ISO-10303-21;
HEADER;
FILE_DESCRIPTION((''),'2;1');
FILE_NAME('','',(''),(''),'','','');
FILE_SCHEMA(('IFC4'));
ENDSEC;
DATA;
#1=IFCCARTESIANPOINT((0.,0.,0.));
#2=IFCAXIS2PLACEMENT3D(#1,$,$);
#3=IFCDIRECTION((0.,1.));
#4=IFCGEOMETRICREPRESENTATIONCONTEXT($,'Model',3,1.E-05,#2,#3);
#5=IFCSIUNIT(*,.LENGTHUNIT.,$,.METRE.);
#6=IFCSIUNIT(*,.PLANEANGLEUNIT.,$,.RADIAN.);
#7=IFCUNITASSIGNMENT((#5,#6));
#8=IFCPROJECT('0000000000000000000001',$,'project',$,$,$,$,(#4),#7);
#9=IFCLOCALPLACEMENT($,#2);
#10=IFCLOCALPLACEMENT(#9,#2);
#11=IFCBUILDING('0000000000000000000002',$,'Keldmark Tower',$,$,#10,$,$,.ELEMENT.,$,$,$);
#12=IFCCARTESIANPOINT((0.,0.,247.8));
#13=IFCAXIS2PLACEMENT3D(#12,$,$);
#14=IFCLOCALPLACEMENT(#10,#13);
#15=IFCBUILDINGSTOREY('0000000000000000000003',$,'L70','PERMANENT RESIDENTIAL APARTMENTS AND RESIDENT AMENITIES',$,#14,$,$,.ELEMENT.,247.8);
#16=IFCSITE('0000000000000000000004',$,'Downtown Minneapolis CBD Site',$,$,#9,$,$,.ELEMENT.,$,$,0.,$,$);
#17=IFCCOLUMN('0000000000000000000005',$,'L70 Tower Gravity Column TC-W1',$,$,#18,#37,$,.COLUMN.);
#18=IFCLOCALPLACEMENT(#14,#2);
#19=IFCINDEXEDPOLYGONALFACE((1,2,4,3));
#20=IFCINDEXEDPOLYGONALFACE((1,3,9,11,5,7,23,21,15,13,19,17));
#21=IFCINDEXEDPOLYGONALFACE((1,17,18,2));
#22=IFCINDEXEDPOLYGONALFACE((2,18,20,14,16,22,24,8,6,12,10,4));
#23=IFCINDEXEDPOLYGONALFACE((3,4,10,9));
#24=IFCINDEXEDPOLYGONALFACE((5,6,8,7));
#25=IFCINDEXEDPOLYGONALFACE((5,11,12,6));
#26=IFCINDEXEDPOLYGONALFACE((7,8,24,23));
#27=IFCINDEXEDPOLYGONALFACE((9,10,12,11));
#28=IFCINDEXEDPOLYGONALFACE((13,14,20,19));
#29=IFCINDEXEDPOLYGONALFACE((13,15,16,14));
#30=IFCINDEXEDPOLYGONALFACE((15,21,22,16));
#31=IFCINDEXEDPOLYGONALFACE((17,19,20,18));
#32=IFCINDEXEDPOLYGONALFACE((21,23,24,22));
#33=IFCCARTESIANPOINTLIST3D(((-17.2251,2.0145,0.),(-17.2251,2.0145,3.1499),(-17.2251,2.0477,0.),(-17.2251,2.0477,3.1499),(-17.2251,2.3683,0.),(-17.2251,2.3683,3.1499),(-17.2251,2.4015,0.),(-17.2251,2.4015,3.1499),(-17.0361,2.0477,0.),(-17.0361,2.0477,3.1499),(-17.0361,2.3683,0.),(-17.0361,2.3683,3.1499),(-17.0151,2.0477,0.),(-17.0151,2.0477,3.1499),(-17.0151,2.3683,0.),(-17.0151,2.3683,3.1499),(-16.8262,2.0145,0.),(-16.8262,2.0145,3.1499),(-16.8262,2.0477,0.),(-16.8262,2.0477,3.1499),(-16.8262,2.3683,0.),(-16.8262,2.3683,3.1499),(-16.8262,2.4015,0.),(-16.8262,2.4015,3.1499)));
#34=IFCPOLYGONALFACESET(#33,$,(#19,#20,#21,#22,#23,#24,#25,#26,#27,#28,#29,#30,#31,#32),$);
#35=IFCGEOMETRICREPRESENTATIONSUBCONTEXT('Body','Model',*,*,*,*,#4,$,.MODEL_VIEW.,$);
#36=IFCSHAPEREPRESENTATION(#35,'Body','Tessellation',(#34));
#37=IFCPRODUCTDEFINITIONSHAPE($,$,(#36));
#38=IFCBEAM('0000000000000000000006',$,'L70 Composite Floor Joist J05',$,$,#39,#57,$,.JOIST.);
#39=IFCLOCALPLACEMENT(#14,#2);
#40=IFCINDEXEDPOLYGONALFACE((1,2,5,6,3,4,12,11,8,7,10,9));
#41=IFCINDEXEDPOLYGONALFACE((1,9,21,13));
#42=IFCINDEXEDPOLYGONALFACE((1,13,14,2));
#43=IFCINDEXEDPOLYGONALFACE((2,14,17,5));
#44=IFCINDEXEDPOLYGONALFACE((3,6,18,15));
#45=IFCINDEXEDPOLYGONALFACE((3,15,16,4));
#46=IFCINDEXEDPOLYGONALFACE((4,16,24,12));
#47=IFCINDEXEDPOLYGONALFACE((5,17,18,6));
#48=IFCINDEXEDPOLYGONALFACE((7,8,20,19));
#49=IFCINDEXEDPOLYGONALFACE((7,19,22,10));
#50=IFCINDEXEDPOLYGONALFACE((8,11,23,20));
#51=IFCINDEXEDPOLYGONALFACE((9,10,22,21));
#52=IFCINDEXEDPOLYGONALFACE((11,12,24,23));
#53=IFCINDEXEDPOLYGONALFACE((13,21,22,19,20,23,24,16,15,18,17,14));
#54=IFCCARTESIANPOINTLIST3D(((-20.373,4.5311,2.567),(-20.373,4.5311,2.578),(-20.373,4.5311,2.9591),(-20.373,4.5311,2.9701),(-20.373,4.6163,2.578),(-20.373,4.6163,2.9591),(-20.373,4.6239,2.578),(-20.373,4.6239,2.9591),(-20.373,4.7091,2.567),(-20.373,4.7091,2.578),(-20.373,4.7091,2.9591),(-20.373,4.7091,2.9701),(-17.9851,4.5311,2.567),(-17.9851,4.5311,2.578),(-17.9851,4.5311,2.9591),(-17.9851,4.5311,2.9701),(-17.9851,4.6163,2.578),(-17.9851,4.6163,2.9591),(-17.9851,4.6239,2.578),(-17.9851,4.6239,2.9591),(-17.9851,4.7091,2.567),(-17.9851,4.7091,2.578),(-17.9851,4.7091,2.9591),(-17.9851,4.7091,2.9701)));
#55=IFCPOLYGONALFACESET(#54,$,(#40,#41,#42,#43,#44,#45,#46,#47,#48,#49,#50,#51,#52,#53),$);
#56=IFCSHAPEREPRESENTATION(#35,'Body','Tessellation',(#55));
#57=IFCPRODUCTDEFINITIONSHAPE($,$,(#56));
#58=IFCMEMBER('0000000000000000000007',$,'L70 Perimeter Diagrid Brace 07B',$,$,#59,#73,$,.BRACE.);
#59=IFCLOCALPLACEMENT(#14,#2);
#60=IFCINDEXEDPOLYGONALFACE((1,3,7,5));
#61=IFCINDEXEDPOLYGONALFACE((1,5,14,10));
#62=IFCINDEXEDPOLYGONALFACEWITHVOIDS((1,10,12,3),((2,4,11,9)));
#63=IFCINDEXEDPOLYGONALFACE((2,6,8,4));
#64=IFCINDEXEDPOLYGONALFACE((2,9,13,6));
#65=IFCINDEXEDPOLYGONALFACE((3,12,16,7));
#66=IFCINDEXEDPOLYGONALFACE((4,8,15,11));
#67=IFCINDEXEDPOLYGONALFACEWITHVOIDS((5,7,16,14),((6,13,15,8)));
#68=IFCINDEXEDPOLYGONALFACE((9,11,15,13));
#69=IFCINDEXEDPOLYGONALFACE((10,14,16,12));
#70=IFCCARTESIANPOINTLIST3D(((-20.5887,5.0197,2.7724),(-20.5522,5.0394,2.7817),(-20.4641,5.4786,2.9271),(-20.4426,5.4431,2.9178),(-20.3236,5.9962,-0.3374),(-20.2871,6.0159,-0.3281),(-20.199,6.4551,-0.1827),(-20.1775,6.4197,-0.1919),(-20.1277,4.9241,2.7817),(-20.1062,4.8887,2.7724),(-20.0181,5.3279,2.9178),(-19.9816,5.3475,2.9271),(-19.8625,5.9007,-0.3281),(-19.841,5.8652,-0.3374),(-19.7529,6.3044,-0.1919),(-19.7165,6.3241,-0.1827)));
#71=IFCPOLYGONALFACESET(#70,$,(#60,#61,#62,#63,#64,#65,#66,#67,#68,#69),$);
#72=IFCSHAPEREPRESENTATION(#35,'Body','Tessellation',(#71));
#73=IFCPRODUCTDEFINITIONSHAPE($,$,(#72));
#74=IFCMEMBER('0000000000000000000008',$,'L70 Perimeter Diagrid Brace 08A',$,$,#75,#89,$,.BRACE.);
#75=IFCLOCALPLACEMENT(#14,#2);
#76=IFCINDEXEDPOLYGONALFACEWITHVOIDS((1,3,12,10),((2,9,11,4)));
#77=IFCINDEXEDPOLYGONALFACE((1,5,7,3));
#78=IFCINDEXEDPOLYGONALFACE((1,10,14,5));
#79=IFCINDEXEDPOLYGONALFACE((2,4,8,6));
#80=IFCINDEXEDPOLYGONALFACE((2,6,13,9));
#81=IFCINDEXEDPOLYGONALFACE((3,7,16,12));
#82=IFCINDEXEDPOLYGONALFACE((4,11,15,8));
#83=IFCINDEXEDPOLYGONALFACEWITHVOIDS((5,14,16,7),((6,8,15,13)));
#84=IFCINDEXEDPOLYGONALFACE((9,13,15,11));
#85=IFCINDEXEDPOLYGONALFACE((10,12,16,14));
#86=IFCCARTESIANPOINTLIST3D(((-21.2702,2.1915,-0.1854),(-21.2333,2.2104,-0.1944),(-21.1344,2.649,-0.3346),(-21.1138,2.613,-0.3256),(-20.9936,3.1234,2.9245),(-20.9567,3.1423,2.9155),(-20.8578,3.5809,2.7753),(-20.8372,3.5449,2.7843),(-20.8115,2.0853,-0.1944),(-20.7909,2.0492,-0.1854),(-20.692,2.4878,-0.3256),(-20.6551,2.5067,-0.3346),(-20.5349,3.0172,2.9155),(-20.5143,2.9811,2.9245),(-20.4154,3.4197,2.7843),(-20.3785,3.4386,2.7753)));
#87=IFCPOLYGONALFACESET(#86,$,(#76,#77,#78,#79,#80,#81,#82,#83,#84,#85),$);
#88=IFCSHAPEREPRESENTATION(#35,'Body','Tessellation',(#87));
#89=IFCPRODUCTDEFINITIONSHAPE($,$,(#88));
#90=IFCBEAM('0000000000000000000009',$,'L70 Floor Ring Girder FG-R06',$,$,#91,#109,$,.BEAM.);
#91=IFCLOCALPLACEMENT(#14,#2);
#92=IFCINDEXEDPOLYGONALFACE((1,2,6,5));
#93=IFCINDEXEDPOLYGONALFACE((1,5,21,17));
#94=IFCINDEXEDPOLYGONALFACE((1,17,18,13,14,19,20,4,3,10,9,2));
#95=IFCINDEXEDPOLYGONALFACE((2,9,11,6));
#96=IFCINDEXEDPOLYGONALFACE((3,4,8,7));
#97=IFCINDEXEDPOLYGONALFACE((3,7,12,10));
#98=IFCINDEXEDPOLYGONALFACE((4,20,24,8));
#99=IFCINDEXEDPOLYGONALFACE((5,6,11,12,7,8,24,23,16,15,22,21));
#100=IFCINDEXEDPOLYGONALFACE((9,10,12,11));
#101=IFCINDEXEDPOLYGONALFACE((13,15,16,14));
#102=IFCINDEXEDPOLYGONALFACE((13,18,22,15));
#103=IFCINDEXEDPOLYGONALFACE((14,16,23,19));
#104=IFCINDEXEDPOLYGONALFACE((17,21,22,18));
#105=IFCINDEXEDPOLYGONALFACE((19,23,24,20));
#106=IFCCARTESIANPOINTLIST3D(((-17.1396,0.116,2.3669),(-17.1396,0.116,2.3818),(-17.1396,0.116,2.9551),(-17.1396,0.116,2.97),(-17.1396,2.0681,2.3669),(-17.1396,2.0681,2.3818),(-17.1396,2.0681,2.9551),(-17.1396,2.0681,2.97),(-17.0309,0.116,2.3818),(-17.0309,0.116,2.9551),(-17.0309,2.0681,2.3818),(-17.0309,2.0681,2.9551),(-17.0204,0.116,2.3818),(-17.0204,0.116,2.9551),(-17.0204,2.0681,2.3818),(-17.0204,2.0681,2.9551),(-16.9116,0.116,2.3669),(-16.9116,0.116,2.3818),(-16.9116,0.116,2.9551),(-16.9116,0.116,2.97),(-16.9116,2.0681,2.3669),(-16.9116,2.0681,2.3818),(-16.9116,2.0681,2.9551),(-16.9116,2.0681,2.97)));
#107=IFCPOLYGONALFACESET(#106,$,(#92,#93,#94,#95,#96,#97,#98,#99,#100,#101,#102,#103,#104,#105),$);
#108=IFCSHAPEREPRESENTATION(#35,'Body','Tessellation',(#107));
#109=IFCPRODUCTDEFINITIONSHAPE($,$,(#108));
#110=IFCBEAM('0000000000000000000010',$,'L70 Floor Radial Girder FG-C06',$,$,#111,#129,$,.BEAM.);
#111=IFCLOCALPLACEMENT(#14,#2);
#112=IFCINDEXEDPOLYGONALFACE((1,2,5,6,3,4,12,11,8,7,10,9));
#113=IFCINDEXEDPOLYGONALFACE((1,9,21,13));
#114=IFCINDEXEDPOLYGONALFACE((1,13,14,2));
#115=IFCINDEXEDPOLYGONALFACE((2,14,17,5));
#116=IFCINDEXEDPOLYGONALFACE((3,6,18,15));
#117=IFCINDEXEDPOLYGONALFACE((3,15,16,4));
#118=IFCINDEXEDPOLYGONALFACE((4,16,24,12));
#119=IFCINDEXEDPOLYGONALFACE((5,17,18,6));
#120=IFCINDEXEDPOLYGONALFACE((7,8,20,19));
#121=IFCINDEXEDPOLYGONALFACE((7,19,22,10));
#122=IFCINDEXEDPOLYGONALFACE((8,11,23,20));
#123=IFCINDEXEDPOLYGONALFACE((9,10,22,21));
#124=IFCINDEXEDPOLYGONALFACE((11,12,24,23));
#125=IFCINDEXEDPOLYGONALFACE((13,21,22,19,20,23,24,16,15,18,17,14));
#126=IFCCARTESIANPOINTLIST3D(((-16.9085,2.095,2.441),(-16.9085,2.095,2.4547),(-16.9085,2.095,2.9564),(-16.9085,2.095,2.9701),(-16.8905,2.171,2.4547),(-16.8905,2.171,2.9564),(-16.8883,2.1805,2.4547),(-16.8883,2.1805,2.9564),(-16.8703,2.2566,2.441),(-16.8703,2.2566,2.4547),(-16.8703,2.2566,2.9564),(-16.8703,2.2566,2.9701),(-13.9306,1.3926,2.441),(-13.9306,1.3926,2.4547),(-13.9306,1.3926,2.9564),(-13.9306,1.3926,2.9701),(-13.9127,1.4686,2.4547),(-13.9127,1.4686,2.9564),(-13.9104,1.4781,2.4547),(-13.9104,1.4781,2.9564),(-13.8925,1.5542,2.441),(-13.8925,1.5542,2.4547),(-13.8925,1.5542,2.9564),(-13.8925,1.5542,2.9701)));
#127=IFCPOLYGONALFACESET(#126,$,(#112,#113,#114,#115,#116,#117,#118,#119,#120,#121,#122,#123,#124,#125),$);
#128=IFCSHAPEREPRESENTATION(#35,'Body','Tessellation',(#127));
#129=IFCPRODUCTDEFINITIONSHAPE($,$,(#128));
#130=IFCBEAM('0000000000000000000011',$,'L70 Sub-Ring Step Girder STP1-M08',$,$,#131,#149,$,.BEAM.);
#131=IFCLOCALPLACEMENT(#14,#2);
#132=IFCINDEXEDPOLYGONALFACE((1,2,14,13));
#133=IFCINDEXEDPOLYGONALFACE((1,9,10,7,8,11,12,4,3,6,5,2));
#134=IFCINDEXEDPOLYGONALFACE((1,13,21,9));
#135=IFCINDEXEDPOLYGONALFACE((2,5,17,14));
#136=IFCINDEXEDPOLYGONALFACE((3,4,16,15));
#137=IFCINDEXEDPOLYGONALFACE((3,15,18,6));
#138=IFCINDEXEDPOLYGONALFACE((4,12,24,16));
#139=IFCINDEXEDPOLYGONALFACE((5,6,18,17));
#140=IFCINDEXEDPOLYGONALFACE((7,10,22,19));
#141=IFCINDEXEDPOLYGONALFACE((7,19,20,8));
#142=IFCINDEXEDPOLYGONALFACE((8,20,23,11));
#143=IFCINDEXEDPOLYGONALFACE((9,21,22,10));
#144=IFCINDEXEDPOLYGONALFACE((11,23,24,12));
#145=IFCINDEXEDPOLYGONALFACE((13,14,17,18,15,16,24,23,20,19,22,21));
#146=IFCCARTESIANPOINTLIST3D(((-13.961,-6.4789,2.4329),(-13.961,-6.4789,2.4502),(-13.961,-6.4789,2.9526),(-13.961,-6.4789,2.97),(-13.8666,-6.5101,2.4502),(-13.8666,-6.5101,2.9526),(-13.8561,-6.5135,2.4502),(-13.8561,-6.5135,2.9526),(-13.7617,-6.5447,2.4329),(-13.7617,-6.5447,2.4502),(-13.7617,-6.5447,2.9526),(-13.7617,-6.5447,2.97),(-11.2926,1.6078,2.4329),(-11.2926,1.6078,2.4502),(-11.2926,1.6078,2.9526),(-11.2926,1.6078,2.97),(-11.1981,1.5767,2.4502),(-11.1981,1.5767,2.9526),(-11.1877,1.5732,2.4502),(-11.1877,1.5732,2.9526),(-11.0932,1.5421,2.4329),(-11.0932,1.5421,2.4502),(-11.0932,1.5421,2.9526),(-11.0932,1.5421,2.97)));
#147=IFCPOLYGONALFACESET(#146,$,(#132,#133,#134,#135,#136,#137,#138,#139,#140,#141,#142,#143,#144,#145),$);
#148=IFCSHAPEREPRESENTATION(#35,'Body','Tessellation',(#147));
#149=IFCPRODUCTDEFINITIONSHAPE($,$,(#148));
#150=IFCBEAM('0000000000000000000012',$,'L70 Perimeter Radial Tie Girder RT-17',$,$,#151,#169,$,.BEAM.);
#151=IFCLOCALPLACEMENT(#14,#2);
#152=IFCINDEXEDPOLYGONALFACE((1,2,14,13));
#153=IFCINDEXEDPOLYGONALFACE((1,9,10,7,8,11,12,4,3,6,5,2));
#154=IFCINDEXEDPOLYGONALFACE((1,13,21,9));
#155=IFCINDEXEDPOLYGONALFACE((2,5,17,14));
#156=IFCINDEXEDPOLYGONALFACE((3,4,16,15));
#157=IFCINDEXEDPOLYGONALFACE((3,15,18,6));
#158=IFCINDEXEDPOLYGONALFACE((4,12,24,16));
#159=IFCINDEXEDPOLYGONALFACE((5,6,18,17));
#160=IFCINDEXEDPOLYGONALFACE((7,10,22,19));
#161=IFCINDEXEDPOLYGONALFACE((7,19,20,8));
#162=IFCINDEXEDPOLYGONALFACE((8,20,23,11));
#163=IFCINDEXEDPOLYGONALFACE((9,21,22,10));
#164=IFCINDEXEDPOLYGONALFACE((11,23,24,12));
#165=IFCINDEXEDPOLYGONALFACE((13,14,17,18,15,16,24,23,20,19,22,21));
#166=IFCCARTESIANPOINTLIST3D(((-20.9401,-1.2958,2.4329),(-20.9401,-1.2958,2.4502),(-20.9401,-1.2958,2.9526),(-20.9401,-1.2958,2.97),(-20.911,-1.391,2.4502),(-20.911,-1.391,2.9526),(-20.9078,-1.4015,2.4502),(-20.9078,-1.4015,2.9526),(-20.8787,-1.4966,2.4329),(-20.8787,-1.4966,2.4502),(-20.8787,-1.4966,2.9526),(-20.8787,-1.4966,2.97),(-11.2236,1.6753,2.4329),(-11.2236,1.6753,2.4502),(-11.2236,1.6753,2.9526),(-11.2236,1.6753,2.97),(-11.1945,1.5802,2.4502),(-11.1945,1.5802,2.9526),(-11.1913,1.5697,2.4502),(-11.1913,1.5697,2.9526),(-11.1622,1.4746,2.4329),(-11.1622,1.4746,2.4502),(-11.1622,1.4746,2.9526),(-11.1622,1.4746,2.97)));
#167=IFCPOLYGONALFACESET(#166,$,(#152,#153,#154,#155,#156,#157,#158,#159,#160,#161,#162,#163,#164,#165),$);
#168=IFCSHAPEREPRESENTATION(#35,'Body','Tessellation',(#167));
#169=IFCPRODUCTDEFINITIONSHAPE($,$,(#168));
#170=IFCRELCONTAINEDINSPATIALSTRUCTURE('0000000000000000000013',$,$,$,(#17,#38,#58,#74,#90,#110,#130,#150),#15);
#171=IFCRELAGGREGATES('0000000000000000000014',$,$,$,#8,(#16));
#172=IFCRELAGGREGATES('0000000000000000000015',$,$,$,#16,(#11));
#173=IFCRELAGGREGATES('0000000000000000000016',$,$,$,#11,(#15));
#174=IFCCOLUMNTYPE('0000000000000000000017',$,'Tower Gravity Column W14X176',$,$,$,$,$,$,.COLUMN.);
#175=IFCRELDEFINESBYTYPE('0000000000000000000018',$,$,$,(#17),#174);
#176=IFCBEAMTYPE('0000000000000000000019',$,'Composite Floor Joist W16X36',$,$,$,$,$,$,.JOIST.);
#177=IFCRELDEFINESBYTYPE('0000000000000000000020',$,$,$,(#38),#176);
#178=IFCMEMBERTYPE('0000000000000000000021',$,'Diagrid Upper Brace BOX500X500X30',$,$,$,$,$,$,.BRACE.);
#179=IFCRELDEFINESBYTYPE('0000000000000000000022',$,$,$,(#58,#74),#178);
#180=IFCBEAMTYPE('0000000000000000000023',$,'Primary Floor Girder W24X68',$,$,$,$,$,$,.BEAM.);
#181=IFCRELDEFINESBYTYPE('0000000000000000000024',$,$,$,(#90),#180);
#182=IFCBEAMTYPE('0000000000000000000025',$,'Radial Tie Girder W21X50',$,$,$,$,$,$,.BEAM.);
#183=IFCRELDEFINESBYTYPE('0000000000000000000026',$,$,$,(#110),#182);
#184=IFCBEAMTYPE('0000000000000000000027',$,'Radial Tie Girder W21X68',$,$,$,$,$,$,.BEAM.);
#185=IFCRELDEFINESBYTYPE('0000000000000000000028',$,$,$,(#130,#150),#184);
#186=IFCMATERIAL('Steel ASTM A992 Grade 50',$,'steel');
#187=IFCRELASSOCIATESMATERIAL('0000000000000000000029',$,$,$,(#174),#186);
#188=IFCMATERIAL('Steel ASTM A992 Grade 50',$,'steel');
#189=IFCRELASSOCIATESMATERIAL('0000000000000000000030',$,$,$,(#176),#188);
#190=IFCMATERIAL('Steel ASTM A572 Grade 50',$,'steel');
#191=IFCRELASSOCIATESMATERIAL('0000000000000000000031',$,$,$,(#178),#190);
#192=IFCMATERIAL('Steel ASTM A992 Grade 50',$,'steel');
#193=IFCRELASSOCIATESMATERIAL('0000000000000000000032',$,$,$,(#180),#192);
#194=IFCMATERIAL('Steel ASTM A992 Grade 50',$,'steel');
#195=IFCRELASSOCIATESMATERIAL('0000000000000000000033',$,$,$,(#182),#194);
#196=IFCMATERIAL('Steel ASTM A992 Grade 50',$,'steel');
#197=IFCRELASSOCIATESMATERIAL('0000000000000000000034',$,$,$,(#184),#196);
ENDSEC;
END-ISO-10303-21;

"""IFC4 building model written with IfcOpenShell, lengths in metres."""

from ifc_helpers import new_model, si_unit, direction, frame, origin, origin_2d, place, context, subcontext, project, spatial, hollow_rectangle, i_section, extrude, material, material_profile, profile_set, type_object, element, save


model = new_model("IFC4")

# Units and contexts
model_context = context("Model", 3, precision=1e-05, world=origin(), true_north=direction((0.0, 1.0)))
body_context = subcontext(model_context, "Body", "Model", "MODEL_VIEW")
ifc_project = project(units=[si_unit("LENGTHUNIT", "METRE"), si_unit("PLANEANGLEUNIT", "RADIAN")], contexts=[model_context])

# Site, building, storey
site_placement = place(None, origin())
site = spatial("IfcSite", under=ifc_project, at=site_placement, Name="Downtown Minneapolis CBD Site", CompositionType="ELEMENT", RefElevation=0.0)
building_placement = place(site_placement, origin())
building = spatial("IfcBuilding", under=site, at=building_placement, Name="Keldmark Tower", CompositionType="ELEMENT")
storey_placement = place(building_placement, frame((0.0, 0.0, 247.8)))
storey = spatial("IfcBuildingStorey", under=building, at=storey_placement, Name="L70", Description="PERMANENT RESIDENTIAL APARTMENTS AND RESIDENT AMENITIES", CompositionType="ELEMENT", Elevation=247.8)

# Column
ifc_material_1 = material(Name="Steel ASTM A992 Grade 50", Category="steel")
ifc_material_profile_1 = material_profile(ifc_material_1, i_section(OverallWidth=0.3989, OverallDepth=0.387, WebThickness=0.021, FlangeThickness=0.0332, at=origin_2d()), Name="W14X176")
ifc_profile_set_1 = profile_set([ifc_material_profile_1], Name="Steel ASTM A992 Grade 50")
column_type = type_object("IfcColumnType", Name="Tower Gravity Column W14X176", PredefinedType="COLUMN", material=ifc_profile_set_1)
column_placement = place(storey_placement, frame((-17.0256, 2.208, 0.0), z_axis=(0.0, 0.0, 1.0), x_axis=(1.0, 0.0, 0.0)))
element("IfcColumn", 1, at=column_placement, inside=storey, type_object=column_type, Name="L70 Tower Gravity Column TC-W1", PredefinedType="COLUMN", context=body_context, shape_type="SweptSolid", body=[
    extrude(i_section(OverallWidth=0.3989, OverallDepth=0.387, WebThickness=0.021, FlangeThickness=0.0332, at=origin_2d()), origin(), (0.0, 0.0, 1.0), 3.1499),
])

# Beam
ifc_material_2 = material(Name="Steel ASTM A992 Grade 50", Category="steel")
ifc_material_profile_2 = material_profile(ifc_material_2, i_section(OverallWidth=0.178, OverallDepth=0.4031, WebThickness=0.0076, FlangeThickness=0.011, at=origin_2d()), Name="W16X36")
ifc_profile_set_2 = profile_set([ifc_material_profile_2], Name="Steel ASTM A992 Grade 50")
beam_type_1 = type_object("IfcBeamType", Name="Composite Floor Joist W16X36", PredefinedType="JOIST", material=ifc_profile_set_2)
beam_1_placement = place(storey_placement, frame((-20.373, 4.6201, 2.7686), z_axis=(1.0, 0.0, 0.0), x_axis=(0.0, 1.0, 0.0)))
element("IfcBeam", 2, at=beam_1_placement, inside=storey, type_object=beam_type_1, Name="L70 Composite Floor Joist J05", PredefinedType="JOIST", context=body_context, shape_type="SweptSolid", body=[
    extrude(i_section(OverallWidth=0.178, OverallDepth=0.4031, WebThickness=0.0076, FlangeThickness=0.011, at=origin_2d()), origin(), (0.0, 0.0, 1.0), 2.3879),
])

# Members
ifc_material_3 = material(Name="Steel ASTM A572 Grade 50", Category="steel")
ifc_material_profile_3 = material_profile(ifc_material_3, hollow_rectangle(XDim=0.5, YDim=0.5, WallThickness=0.03, at=origin_2d()), Name="BOX500X500X30")
ifc_profile_set_3 = profile_set([ifc_material_profile_3], Name="Steel ASTM A572 Grade 50")
member_type = type_object("IfcMemberType", Name="Diagrid Upper Brace BOX500X500X30", PredefinedType="BRACE", material=ifc_profile_set_3)
member_1_placement = place(storey_placement, frame((-20.02, 6.1602, -0.26), z_axis=(-0.081073, -0.298611, 0.950925), x_axis=(0.965064, -0.262015, 0.0)))
element("IfcMember", 3, at=member_1_placement, inside=storey, type_object=member_type, Name="L70 Perimeter Diagrid Brace 07B", PredefinedType="BRACE", context=body_context, shape_type="SweptSolid", body=[
    extrude(hollow_rectangle(XDim=0.5, YDim=0.5, WallThickness=0.03, at=origin_2d()), origin(), (0.0, 0.0, 1.0), 3.2703),
])
member_2_placement = place(storey_placement, frame((-20.9626, 2.3491, -0.26), z_axis=(0.084896, 0.286008, 0.954459), x_axis=(-0.958659, 0.284559, 0.0)))
element("IfcMember", 4, at=member_2_placement, inside=storey, type_object=member_type, Name="L70 Perimeter Diagrid Brace 08A", PredefinedType="BRACE", context=body_context, shape_type="SweptSolid", body=[
    extrude(hollow_rectangle(XDim=0.5, YDim=0.5, WallThickness=0.03, at=origin_2d()), origin(), (0.0, 0.0, 1.0), 3.2583),
])

# Beams
ifc_material_4 = material(Name="Steel ASTM A992 Grade 50", Category="steel")
ifc_material_profile_4 = material_profile(ifc_material_4, i_section(OverallWidth=0.228, OverallDepth=0.603, WebThickness=0.0105, FlangeThickness=0.0149, at=origin_2d()), Name="W24X68")
ifc_profile_set_4 = profile_set([ifc_material_profile_4], Name="Steel ASTM A992 Grade 50")
beam_type_2 = type_object("IfcBeamType", Name="Primary Floor Girder W24X68", PredefinedType="BEAM", material=ifc_profile_set_4)
beam_2_placement = place(storey_placement, frame((-17.0256, 2.0681, 2.6685), z_axis=(0.0, -1.0, 0.0), x_axis=(1.0, 0.0, 0.0)))
element("IfcBeam", 5, at=beam_2_placement, inside=storey, type_object=beam_type_2, Name="L70 Floor Ring Girder FG-R06", PredefinedType="BEAM", context=body_context, shape_type="SweptSolid", body=[
    extrude(i_section(OverallWidth=0.228, OverallDepth=0.603, WebThickness=0.0105, FlangeThickness=0.0149, at=origin_2d()), origin(), (0.0, 0.0, 1.0), 1.9521),
])
ifc_material_5 = material(Name="Steel ASTM A992 Grade 50", Category="steel")
ifc_material_profile_5 = material_profile(ifc_material_5, i_section(OverallWidth=0.166, OverallDepth=0.5291, WebThickness=0.0098, FlangeThickness=0.0137, at=origin_2d()), Name="W21X50")
ifc_profile_set_5 = profile_set([ifc_material_profile_5], Name="Steel ASTM A992 Grade 50")
beam_type_3 = type_object("IfcBeamType", Name="Radial Tie Girder W21X50", PredefinedType="BEAM", material=ifc_profile_set_5)
beam_3_placement = place(storey_placement, frame((-16.8894, 2.1758, 2.7056), z_axis=(0.97329, -0.229577, 0.0), x_axis=(0.229577, 0.97329, 0.0)))
element("IfcBeam", 6, at=beam_3_placement, inside=storey, type_object=beam_type_3, Name="L70 Floor Radial Girder FG-C06", PredefinedType="BEAM", context=body_context, shape_type="SweptSolid", body=[
    extrude(i_section(OverallWidth=0.166, OverallDepth=0.5291, WebThickness=0.0098, FlangeThickness=0.0137, at=origin_2d()), origin(), (0.0, 0.0, 1.0), 3.0596),
])
ifc_material_6 = material(Name="Steel ASTM A992 Grade 50", Category="steel")
ifc_material_profile_6 = material_profile(ifc_material_6, i_section(OverallWidth=0.21, OverallDepth=0.5371, WebThickness=0.011, FlangeThickness=0.0173, at=origin_2d()), Name="W21X68")
ifc_profile_set_6 = profile_set([ifc_material_profile_6], Name="Steel ASTM A992 Grade 50")
beam_type_4 = type_object("IfcBeamType", Name="Radial Tie Girder W21X68", PredefinedType="BEAM", material=ifc_profile_set_6)
beam_4_placement = place(storey_placement, frame((-11.1929, 1.575, 2.7014), z_axis=(-0.313362, -0.949634, 0.0), x_axis=(0.949634, -0.313362, 0.0)))
element("IfcBeam", 7, at=beam_4_placement, inside=storey, type_object=beam_type_4, Name="L70 Sub-Ring Step Girder STP1-M08", PredefinedType="BEAM", context=body_context, shape_type="SweptSolid", body=[
    extrude(i_section(OverallWidth=0.21, OverallDepth=0.5371, WebThickness=0.011, FlangeThickness=0.0173, at=origin_2d()), origin(), (0.0, 0.0, 1.0), 8.5156),
])
beam_5_placement = place(storey_placement, frame((-11.1929, 1.575, 2.7014), z_axis=(-0.95629, -0.292421, 0.0), x_axis=(0.292421, -0.95629, 0.0)))
element("IfcBeam", 8, at=beam_5_placement, inside=storey, type_object=beam_type_4, Name="L70 Perimeter Radial Tie Girder RT-17", PredefinedType="BEAM", context=body_context, shape_type="SweptSolid", body=[
    extrude(i_section(OverallWidth=0.21, OverallDepth=0.5371, WebThickness=0.011, FlangeThickness=0.0173, at=origin_2d()), origin(), (0.0, 0.0, 1.0), 10.1606),
])

save(model, "model.ifc")
